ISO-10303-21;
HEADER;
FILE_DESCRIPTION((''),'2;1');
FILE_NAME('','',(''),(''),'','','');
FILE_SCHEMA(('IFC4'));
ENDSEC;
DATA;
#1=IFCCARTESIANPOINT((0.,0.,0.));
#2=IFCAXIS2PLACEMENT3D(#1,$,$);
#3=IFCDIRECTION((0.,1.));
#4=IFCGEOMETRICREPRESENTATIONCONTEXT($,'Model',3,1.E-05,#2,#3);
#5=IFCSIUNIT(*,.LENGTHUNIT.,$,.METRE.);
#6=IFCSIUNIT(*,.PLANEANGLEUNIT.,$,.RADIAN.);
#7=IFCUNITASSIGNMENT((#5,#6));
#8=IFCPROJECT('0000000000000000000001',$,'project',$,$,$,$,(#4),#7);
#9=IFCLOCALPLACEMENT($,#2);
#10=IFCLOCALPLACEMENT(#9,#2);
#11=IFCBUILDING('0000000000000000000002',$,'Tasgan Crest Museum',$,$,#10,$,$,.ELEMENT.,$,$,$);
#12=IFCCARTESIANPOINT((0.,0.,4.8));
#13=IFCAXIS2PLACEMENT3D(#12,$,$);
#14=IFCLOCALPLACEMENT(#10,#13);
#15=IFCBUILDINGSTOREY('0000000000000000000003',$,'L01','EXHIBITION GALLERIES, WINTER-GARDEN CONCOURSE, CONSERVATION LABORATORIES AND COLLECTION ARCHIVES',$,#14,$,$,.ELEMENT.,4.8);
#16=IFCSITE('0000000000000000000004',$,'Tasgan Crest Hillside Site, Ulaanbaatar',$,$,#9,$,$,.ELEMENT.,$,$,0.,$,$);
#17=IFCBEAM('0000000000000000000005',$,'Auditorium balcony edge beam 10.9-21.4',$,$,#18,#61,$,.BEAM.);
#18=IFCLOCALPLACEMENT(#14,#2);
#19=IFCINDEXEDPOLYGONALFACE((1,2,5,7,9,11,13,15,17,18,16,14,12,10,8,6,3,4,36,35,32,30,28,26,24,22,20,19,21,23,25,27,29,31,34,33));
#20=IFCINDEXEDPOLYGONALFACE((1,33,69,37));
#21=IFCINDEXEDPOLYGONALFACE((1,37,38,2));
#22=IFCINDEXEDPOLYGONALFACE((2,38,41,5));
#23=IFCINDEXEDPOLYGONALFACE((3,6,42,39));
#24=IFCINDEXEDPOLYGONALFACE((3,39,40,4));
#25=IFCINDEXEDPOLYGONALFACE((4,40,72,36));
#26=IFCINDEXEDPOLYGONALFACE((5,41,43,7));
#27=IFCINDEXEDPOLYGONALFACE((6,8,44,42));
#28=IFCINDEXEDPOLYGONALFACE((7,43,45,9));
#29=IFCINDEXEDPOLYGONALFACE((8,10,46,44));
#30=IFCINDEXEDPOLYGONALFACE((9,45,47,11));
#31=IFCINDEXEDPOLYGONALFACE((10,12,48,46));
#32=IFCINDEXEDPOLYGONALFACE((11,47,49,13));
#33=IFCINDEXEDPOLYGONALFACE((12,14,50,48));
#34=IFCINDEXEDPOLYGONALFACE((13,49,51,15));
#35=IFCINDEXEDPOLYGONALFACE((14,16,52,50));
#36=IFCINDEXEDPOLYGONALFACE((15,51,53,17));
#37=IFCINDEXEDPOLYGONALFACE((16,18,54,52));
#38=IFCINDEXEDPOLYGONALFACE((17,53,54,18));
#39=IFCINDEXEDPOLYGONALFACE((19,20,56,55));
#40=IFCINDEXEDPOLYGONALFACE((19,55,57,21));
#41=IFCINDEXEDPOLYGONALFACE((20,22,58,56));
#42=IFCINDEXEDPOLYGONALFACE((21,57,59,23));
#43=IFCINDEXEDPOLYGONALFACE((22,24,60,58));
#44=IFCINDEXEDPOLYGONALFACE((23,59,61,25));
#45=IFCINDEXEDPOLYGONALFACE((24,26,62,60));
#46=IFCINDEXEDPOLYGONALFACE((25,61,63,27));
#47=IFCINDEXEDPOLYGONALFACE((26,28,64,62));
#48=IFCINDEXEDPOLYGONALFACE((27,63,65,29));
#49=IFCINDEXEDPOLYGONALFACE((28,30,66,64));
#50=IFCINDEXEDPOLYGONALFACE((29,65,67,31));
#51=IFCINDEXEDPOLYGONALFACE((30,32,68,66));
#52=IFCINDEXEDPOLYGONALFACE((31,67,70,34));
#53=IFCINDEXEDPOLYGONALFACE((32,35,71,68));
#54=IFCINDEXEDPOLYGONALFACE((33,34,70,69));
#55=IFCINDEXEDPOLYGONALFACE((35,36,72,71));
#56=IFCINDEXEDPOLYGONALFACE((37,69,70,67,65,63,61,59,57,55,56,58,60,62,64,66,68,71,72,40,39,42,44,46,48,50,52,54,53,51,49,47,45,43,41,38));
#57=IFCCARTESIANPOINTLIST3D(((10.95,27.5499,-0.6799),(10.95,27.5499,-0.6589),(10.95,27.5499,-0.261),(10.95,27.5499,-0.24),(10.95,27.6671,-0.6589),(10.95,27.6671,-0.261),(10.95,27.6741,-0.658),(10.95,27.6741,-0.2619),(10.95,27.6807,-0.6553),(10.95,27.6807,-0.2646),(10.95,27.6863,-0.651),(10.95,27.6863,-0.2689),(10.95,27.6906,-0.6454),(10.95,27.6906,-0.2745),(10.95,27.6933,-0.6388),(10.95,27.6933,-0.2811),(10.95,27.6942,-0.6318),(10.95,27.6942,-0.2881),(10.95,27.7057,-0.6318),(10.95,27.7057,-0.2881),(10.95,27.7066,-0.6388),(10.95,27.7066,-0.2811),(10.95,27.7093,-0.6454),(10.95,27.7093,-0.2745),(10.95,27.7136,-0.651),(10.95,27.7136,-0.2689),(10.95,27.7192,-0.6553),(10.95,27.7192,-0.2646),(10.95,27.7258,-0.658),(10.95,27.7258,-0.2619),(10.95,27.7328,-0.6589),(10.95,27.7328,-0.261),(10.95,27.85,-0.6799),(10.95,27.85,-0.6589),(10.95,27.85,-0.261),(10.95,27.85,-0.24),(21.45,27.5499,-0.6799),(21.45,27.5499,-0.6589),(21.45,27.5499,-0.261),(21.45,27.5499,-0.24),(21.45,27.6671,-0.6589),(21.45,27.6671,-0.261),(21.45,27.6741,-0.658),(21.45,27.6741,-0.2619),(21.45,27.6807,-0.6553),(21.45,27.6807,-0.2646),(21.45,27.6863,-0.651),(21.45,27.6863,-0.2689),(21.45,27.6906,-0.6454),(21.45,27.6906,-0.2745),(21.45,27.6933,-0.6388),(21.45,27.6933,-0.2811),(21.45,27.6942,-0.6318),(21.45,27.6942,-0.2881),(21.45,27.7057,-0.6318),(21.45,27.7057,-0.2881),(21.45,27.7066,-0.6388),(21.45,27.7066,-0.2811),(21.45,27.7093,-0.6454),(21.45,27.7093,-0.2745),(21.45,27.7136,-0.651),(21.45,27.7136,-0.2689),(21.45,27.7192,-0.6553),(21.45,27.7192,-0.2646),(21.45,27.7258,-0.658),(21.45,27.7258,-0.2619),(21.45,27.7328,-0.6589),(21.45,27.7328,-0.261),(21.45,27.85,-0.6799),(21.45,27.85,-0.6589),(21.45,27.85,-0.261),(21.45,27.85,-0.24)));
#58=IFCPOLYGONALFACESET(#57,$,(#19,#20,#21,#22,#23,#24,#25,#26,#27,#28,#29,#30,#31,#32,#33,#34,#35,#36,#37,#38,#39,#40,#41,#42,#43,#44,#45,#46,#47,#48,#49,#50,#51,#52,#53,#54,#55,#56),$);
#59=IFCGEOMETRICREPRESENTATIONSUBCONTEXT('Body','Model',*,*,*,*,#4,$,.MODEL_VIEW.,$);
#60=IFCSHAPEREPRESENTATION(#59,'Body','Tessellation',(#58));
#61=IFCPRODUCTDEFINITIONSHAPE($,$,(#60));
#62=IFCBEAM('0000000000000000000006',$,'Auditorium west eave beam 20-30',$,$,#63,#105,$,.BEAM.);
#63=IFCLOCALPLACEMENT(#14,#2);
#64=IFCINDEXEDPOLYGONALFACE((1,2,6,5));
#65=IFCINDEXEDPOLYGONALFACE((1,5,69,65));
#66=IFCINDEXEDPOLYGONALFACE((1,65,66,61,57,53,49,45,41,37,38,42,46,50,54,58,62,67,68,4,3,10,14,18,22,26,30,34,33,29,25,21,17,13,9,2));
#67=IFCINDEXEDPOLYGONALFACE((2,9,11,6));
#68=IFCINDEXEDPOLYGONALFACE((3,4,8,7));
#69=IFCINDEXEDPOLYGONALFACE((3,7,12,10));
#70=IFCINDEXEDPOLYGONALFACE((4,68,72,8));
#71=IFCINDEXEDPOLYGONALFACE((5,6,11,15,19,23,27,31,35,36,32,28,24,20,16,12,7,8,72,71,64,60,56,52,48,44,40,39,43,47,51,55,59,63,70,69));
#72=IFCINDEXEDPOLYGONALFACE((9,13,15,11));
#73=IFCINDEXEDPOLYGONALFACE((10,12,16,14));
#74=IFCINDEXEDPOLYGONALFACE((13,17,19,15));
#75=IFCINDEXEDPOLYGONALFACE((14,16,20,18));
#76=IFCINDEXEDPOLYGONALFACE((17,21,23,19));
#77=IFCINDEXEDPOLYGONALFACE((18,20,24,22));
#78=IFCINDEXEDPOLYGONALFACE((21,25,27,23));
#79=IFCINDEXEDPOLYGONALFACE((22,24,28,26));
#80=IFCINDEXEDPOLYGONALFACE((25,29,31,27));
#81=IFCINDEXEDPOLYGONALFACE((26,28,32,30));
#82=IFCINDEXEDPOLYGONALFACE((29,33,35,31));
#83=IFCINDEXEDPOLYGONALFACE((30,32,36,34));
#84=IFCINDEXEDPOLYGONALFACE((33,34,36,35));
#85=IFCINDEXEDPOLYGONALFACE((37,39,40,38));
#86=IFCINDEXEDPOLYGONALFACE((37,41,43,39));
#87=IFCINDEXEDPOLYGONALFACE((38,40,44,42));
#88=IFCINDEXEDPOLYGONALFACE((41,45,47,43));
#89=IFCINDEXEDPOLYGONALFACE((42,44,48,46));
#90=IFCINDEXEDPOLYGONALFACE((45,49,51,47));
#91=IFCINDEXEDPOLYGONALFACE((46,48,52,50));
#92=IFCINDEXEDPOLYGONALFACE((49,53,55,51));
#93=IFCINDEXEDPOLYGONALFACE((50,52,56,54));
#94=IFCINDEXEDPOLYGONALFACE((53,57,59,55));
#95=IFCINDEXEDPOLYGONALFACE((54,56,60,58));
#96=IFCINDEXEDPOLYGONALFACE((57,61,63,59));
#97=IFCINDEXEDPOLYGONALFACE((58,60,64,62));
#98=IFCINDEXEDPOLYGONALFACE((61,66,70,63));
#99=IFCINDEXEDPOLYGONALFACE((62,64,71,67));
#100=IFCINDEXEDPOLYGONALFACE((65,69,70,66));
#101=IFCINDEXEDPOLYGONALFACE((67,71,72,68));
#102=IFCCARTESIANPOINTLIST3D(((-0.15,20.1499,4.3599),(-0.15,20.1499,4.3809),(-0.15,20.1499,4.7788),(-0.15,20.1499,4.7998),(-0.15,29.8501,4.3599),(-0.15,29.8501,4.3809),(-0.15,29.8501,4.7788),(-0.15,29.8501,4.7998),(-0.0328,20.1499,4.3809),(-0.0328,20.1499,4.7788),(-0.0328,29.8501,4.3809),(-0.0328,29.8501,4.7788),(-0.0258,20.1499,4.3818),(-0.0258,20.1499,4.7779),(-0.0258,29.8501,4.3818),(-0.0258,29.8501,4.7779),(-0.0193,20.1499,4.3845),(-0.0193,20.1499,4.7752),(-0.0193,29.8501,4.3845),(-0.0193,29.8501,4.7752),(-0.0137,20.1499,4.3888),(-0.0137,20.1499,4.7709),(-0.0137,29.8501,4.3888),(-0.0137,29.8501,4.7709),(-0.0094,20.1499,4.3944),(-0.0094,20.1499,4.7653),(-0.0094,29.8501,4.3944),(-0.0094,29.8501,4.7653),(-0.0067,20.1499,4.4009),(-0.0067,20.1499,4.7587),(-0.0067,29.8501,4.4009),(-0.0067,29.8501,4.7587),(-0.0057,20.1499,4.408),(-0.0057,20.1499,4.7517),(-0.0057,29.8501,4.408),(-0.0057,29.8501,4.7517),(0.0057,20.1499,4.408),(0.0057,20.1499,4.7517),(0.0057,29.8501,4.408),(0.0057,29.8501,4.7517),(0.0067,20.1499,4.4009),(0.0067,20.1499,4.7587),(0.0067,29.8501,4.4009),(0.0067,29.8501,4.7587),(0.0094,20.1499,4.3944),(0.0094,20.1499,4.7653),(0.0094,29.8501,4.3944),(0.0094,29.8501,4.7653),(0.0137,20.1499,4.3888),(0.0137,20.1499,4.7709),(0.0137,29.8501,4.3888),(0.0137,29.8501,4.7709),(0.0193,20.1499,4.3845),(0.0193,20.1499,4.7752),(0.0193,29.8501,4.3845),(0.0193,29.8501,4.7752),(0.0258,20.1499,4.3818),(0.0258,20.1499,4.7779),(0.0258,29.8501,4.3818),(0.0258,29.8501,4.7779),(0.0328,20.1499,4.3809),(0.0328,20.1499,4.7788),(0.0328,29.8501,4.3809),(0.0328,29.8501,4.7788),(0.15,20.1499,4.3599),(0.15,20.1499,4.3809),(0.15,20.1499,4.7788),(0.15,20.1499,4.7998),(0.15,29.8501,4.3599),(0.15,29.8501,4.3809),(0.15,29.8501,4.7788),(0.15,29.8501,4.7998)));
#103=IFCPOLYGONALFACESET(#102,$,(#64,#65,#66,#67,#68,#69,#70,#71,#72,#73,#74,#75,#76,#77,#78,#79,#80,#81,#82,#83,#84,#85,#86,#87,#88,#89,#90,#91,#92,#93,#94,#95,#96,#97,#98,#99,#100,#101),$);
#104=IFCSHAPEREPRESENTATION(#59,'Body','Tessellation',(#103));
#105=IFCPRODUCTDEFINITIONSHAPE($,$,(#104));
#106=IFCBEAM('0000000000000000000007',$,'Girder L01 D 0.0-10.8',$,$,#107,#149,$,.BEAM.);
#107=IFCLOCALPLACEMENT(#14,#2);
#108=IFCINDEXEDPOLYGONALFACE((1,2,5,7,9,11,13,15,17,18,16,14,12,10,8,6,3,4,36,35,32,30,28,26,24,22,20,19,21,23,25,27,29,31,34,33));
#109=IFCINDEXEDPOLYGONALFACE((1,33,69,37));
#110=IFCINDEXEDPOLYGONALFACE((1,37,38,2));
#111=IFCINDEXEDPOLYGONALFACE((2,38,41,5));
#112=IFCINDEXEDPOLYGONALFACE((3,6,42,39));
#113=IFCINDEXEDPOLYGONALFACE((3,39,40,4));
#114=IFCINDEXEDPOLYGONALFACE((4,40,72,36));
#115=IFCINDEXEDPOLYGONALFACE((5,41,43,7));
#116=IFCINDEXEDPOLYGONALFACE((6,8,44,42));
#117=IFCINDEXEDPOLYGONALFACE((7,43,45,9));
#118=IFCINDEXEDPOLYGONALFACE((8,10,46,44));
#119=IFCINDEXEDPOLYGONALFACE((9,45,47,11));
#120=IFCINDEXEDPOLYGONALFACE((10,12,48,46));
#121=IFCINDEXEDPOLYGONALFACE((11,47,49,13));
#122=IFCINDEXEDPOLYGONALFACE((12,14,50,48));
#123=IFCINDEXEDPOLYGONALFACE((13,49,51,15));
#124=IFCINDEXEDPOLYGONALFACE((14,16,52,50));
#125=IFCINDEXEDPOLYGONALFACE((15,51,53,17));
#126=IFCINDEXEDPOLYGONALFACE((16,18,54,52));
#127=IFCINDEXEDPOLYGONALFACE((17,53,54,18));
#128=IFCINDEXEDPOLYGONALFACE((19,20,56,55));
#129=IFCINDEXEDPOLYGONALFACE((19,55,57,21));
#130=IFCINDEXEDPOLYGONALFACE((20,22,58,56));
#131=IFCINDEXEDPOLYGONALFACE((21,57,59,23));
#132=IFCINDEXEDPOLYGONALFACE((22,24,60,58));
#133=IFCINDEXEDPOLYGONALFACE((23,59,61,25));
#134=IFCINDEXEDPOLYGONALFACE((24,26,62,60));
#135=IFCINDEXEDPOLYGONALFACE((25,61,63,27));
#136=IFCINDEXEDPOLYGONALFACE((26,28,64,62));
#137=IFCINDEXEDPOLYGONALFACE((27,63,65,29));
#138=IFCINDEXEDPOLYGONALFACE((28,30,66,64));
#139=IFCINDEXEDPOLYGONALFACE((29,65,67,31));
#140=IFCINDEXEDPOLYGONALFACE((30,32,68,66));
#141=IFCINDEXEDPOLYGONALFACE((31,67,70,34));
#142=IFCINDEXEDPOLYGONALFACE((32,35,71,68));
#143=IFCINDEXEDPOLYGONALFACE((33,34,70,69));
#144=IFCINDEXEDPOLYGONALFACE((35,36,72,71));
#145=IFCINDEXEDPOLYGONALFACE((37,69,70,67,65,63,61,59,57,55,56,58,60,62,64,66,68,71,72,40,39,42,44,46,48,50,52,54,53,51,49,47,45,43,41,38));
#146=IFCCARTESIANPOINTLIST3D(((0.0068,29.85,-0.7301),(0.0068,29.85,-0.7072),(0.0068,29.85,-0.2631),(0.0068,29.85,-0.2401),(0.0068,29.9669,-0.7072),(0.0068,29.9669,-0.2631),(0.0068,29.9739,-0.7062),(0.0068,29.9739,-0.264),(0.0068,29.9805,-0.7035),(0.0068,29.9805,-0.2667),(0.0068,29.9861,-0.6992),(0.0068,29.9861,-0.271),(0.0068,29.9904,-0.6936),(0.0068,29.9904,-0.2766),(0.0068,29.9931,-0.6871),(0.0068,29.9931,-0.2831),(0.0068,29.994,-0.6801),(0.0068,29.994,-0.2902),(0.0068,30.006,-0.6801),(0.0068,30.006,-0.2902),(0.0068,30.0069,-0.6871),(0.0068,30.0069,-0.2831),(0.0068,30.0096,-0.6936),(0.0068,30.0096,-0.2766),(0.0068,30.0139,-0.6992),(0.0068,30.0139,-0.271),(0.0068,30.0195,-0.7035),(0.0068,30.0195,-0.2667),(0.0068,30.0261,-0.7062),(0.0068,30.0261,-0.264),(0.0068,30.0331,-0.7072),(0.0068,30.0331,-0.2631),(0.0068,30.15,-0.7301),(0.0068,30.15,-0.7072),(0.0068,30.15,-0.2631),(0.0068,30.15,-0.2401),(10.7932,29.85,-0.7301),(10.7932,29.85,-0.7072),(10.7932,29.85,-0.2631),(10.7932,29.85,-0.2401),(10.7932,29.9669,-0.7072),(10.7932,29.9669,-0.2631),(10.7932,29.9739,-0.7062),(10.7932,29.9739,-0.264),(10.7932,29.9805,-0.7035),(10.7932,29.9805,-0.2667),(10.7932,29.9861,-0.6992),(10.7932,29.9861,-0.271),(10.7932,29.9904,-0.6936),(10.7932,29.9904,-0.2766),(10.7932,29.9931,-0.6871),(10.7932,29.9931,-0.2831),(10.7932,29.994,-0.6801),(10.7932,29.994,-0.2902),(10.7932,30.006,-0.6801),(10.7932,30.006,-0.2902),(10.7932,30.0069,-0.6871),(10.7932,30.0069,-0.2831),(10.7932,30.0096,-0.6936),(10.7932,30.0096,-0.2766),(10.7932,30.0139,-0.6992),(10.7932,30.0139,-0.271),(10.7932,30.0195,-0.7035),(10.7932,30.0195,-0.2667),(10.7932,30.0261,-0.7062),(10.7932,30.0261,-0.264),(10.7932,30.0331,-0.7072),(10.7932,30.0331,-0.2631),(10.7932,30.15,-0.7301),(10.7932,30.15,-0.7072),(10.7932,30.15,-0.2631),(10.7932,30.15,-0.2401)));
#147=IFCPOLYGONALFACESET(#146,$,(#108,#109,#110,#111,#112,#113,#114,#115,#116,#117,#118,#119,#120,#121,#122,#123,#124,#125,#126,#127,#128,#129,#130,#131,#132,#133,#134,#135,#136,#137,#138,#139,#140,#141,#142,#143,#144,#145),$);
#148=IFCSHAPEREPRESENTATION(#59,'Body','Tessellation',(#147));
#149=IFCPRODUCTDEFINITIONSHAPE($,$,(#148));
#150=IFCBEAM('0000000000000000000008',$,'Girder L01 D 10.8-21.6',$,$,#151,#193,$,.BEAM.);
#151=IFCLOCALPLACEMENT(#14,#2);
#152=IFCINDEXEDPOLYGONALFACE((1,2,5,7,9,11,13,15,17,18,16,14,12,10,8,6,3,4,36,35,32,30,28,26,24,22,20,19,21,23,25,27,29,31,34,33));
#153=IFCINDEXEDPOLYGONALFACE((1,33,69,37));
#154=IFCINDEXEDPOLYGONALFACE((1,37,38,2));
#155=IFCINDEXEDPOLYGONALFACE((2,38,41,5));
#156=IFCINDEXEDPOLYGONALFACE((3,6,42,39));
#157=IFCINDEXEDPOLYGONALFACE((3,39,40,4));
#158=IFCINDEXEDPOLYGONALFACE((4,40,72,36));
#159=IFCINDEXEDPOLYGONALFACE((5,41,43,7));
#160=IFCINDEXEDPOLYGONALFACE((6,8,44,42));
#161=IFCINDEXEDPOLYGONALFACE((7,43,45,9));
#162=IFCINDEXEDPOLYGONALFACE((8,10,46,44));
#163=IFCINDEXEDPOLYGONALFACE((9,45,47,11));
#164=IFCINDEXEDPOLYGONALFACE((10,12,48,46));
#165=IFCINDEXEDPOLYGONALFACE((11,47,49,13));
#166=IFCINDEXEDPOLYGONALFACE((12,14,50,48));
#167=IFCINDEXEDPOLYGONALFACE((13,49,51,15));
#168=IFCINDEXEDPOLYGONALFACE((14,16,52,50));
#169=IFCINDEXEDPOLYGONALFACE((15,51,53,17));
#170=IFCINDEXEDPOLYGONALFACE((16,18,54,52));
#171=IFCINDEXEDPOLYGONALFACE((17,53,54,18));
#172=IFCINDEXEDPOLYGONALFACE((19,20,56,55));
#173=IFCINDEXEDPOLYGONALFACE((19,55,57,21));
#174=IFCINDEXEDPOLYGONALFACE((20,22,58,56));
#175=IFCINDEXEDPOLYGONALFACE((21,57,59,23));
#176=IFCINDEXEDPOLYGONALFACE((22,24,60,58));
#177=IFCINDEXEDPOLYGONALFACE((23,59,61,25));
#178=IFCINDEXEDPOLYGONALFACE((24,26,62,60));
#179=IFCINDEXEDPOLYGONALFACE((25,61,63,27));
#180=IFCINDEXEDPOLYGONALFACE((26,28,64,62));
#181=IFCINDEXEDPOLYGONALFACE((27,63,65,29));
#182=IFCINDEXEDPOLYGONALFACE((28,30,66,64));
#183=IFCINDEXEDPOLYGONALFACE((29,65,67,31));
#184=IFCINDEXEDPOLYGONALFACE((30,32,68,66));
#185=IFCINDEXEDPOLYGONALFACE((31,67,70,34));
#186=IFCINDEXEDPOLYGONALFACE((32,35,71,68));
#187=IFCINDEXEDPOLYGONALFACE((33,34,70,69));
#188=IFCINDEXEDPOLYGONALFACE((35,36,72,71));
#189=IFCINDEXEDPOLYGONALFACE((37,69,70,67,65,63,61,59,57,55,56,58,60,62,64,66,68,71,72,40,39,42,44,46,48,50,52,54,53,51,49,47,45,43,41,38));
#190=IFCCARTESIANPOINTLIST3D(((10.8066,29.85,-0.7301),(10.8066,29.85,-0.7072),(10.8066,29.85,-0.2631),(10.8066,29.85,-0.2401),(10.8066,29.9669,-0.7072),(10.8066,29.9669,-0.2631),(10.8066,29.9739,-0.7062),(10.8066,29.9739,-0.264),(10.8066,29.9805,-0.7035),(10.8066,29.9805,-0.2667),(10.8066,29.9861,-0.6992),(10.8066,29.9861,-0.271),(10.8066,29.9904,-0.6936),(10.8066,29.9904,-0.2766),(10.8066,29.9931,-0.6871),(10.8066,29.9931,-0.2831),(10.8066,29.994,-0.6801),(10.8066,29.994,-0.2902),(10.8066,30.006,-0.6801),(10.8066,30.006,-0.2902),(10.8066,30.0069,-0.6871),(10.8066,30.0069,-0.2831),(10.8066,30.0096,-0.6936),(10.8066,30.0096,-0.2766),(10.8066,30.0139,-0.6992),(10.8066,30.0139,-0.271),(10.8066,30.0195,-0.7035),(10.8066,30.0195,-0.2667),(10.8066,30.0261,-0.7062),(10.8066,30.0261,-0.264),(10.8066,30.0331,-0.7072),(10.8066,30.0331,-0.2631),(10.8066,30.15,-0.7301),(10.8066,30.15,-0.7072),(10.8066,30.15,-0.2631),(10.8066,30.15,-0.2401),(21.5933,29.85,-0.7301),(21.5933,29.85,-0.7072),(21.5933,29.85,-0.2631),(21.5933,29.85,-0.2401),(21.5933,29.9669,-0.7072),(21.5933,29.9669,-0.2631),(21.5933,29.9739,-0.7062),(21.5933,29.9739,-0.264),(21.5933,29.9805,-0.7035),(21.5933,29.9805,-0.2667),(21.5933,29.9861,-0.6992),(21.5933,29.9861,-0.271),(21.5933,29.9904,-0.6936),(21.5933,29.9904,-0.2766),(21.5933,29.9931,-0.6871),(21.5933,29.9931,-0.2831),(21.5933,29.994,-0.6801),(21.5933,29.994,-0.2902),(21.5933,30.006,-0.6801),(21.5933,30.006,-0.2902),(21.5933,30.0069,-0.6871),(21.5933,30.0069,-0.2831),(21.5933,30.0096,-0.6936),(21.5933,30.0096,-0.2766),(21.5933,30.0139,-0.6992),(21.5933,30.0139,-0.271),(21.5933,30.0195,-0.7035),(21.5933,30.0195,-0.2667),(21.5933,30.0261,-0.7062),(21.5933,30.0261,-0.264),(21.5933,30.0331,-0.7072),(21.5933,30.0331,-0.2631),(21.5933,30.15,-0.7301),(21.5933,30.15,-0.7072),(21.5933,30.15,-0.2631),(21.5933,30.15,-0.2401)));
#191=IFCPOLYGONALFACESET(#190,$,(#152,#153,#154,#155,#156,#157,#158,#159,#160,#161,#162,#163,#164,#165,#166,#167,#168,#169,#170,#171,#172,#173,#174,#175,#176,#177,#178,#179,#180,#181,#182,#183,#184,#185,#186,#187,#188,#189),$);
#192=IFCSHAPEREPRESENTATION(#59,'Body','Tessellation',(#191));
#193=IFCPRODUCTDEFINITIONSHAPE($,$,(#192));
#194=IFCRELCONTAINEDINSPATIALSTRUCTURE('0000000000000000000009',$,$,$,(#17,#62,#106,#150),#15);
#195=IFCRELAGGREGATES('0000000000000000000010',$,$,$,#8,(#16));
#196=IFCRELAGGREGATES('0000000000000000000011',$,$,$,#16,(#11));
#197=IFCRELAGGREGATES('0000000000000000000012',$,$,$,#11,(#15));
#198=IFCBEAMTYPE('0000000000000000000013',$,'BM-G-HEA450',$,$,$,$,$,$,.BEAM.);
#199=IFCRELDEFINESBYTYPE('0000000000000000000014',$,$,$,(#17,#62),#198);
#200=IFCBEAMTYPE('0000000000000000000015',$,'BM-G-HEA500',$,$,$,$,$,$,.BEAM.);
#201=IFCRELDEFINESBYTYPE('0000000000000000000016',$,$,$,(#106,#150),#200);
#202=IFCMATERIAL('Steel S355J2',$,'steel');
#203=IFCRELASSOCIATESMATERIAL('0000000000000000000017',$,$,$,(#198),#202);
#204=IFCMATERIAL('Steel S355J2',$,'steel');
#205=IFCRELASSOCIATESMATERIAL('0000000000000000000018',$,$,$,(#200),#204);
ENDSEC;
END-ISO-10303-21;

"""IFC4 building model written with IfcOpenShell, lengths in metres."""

from ifc_helpers import new_model, si_unit, direction, frame, origin, origin_2d, place, context, subcontext, project, spatial, i_section, extrude, material, material_profile, profile_set, type_object, element, save


model = new_model("IFC4")

# Units and contexts
model_context = context("Model", 3, precision=1e-05, world=origin(), true_north=direction((0.0, 1.0)))
body_context = subcontext(model_context, "Body", "Model", "MODEL_VIEW")
ifc_project = project(units=[si_unit("LENGTHUNIT", "METRE"), si_unit("PLANEANGLEUNIT", "RADIAN")], contexts=[model_context])

# Site, building, storey
site_placement = place(None, origin())
site = spatial("IfcSite", under=ifc_project, at=site_placement, Name="Tasgan Crest Hillside Site, Ulaanbaatar", CompositionType="ELEMENT", RefElevation=0.0)
building_placement = place(site_placement, origin())
building = spatial("IfcBuilding", under=site, at=building_placement, Name="Tasgan Crest Museum", CompositionType="ELEMENT")
storey_placement = place(building_placement, frame((0.0, 0.0, 4.8)))
storey = spatial("IfcBuildingStorey", under=building, at=storey_placement, Name="L01", Description="EXHIBITION GALLERIES, WINTER-GARDEN CONCOURSE, CONSERVATION LABORATORIES AND COLLECTION ARCHIVES", CompositionType="ELEMENT", Elevation=4.8)

# Beams
ifc_material_1 = material(Name="Steel S355J2", Category="steel")
ifc_material_profile_1 = material_profile(ifc_material_1, i_section(OverallWidth=0.3, OverallDepth=0.4399, WebThickness=0.0115, FlangeThickness=0.021, FilletRadius=0.0271, at=origin_2d()), Name="HEA 450")
ifc_profile_set_1 = profile_set([ifc_material_profile_1], Name="Steel S355J2")
beam_type_1 = type_object("IfcBeamType", Name="BM-G-HEA450", PredefinedType="BEAM", material=ifc_profile_set_1)
beam_1_placement = place(storey_placement, frame((10.95, 27.7, -0.46), z_axis=(1.0, 0.0, 0.0), x_axis=(0.0, 1.0, 0.0)))
element("IfcBeam", 1, at=beam_1_placement, inside=storey, type_object=beam_type_1, Name="Auditorium balcony edge beam 10.9-21.4", PredefinedType="BEAM", context=body_context, shape_type="SweptSolid", body=[
    extrude(i_section(OverallWidth=0.3, OverallDepth=0.4399, WebThickness=0.0115, FlangeThickness=0.021, FilletRadius=0.0271, at=origin_2d()), origin(), (0.0, 0.0, 1.0), 10.5),
])
beam_2_placement = place(storey_placement, frame((0.0, 20.1499, 4.5798), z_axis=(0.0, 1.0, 0.0), x_axis=(-1.0, 0.0, 0.0)))
element("IfcBeam", 2, at=beam_2_placement, inside=storey, type_object=beam_type_1, Name="Auditorium west eave beam 20-30", PredefinedType="BEAM", context=body_context, shape_type="SweptSolid", body=[
    extrude(i_section(OverallWidth=0.3, OverallDepth=0.4399, WebThickness=0.0115, FlangeThickness=0.021, FilletRadius=0.0271, at=origin_2d()), origin(), (0.0, 0.0, 1.0), 9.7002),
])
ifc_material_2 = material(Name="Steel S355J2", Category="steel")
ifc_material_profile_2 = material_profile(ifc_material_2, i_section(OverallWidth=0.3, OverallDepth=0.49, WebThickness=0.012, FlangeThickness=0.0229, FilletRadius=0.0271, at=origin_2d()), Name="HEA 500")
ifc_profile_set_2 = profile_set([ifc_material_profile_2], Name="Steel S355J2")
beam_type_2 = type_object("IfcBeamType", Name="BM-G-HEA500", PredefinedType="BEAM", material=ifc_profile_set_2)
beam_3_placement = place(storey_placement, frame((0.0068, 30.0, -0.4851), z_axis=(1.0, 0.0, 0.0), x_axis=(0.0, 1.0, 0.0)))
element("IfcBeam", 3, at=beam_3_placement, inside=storey, type_object=beam_type_2, Name="Girder L01 D 0.0-10.8", PredefinedType="BEAM", context=body_context, shape_type="SweptSolid", body=[
    extrude(i_section(OverallWidth=0.3, OverallDepth=0.49, WebThickness=0.012, FlangeThickness=0.0229, FilletRadius=0.0271, at=origin_2d()), origin(), (0.0, 0.0, 1.0), 10.7864),
])
beam_4_placement = place(storey_placement, frame((10.8066, 30.0, -0.4851), z_axis=(1.0, 0.0, 0.0), x_axis=(0.0, 1.0, 0.0)))
element("IfcBeam", 4, at=beam_4_placement, inside=storey, type_object=beam_type_2, Name="Girder L01 D 10.8-21.6", PredefinedType="BEAM", context=body_context, shape_type="SweptSolid", body=[
    extrude(i_section(OverallWidth=0.3, OverallDepth=0.49, WebThickness=0.012, FlangeThickness=0.0229, FilletRadius=0.0271, at=origin_2d()), origin(), (0.0, 0.0, 1.0), 10.7866),
])

save(model, "model.ifc")
